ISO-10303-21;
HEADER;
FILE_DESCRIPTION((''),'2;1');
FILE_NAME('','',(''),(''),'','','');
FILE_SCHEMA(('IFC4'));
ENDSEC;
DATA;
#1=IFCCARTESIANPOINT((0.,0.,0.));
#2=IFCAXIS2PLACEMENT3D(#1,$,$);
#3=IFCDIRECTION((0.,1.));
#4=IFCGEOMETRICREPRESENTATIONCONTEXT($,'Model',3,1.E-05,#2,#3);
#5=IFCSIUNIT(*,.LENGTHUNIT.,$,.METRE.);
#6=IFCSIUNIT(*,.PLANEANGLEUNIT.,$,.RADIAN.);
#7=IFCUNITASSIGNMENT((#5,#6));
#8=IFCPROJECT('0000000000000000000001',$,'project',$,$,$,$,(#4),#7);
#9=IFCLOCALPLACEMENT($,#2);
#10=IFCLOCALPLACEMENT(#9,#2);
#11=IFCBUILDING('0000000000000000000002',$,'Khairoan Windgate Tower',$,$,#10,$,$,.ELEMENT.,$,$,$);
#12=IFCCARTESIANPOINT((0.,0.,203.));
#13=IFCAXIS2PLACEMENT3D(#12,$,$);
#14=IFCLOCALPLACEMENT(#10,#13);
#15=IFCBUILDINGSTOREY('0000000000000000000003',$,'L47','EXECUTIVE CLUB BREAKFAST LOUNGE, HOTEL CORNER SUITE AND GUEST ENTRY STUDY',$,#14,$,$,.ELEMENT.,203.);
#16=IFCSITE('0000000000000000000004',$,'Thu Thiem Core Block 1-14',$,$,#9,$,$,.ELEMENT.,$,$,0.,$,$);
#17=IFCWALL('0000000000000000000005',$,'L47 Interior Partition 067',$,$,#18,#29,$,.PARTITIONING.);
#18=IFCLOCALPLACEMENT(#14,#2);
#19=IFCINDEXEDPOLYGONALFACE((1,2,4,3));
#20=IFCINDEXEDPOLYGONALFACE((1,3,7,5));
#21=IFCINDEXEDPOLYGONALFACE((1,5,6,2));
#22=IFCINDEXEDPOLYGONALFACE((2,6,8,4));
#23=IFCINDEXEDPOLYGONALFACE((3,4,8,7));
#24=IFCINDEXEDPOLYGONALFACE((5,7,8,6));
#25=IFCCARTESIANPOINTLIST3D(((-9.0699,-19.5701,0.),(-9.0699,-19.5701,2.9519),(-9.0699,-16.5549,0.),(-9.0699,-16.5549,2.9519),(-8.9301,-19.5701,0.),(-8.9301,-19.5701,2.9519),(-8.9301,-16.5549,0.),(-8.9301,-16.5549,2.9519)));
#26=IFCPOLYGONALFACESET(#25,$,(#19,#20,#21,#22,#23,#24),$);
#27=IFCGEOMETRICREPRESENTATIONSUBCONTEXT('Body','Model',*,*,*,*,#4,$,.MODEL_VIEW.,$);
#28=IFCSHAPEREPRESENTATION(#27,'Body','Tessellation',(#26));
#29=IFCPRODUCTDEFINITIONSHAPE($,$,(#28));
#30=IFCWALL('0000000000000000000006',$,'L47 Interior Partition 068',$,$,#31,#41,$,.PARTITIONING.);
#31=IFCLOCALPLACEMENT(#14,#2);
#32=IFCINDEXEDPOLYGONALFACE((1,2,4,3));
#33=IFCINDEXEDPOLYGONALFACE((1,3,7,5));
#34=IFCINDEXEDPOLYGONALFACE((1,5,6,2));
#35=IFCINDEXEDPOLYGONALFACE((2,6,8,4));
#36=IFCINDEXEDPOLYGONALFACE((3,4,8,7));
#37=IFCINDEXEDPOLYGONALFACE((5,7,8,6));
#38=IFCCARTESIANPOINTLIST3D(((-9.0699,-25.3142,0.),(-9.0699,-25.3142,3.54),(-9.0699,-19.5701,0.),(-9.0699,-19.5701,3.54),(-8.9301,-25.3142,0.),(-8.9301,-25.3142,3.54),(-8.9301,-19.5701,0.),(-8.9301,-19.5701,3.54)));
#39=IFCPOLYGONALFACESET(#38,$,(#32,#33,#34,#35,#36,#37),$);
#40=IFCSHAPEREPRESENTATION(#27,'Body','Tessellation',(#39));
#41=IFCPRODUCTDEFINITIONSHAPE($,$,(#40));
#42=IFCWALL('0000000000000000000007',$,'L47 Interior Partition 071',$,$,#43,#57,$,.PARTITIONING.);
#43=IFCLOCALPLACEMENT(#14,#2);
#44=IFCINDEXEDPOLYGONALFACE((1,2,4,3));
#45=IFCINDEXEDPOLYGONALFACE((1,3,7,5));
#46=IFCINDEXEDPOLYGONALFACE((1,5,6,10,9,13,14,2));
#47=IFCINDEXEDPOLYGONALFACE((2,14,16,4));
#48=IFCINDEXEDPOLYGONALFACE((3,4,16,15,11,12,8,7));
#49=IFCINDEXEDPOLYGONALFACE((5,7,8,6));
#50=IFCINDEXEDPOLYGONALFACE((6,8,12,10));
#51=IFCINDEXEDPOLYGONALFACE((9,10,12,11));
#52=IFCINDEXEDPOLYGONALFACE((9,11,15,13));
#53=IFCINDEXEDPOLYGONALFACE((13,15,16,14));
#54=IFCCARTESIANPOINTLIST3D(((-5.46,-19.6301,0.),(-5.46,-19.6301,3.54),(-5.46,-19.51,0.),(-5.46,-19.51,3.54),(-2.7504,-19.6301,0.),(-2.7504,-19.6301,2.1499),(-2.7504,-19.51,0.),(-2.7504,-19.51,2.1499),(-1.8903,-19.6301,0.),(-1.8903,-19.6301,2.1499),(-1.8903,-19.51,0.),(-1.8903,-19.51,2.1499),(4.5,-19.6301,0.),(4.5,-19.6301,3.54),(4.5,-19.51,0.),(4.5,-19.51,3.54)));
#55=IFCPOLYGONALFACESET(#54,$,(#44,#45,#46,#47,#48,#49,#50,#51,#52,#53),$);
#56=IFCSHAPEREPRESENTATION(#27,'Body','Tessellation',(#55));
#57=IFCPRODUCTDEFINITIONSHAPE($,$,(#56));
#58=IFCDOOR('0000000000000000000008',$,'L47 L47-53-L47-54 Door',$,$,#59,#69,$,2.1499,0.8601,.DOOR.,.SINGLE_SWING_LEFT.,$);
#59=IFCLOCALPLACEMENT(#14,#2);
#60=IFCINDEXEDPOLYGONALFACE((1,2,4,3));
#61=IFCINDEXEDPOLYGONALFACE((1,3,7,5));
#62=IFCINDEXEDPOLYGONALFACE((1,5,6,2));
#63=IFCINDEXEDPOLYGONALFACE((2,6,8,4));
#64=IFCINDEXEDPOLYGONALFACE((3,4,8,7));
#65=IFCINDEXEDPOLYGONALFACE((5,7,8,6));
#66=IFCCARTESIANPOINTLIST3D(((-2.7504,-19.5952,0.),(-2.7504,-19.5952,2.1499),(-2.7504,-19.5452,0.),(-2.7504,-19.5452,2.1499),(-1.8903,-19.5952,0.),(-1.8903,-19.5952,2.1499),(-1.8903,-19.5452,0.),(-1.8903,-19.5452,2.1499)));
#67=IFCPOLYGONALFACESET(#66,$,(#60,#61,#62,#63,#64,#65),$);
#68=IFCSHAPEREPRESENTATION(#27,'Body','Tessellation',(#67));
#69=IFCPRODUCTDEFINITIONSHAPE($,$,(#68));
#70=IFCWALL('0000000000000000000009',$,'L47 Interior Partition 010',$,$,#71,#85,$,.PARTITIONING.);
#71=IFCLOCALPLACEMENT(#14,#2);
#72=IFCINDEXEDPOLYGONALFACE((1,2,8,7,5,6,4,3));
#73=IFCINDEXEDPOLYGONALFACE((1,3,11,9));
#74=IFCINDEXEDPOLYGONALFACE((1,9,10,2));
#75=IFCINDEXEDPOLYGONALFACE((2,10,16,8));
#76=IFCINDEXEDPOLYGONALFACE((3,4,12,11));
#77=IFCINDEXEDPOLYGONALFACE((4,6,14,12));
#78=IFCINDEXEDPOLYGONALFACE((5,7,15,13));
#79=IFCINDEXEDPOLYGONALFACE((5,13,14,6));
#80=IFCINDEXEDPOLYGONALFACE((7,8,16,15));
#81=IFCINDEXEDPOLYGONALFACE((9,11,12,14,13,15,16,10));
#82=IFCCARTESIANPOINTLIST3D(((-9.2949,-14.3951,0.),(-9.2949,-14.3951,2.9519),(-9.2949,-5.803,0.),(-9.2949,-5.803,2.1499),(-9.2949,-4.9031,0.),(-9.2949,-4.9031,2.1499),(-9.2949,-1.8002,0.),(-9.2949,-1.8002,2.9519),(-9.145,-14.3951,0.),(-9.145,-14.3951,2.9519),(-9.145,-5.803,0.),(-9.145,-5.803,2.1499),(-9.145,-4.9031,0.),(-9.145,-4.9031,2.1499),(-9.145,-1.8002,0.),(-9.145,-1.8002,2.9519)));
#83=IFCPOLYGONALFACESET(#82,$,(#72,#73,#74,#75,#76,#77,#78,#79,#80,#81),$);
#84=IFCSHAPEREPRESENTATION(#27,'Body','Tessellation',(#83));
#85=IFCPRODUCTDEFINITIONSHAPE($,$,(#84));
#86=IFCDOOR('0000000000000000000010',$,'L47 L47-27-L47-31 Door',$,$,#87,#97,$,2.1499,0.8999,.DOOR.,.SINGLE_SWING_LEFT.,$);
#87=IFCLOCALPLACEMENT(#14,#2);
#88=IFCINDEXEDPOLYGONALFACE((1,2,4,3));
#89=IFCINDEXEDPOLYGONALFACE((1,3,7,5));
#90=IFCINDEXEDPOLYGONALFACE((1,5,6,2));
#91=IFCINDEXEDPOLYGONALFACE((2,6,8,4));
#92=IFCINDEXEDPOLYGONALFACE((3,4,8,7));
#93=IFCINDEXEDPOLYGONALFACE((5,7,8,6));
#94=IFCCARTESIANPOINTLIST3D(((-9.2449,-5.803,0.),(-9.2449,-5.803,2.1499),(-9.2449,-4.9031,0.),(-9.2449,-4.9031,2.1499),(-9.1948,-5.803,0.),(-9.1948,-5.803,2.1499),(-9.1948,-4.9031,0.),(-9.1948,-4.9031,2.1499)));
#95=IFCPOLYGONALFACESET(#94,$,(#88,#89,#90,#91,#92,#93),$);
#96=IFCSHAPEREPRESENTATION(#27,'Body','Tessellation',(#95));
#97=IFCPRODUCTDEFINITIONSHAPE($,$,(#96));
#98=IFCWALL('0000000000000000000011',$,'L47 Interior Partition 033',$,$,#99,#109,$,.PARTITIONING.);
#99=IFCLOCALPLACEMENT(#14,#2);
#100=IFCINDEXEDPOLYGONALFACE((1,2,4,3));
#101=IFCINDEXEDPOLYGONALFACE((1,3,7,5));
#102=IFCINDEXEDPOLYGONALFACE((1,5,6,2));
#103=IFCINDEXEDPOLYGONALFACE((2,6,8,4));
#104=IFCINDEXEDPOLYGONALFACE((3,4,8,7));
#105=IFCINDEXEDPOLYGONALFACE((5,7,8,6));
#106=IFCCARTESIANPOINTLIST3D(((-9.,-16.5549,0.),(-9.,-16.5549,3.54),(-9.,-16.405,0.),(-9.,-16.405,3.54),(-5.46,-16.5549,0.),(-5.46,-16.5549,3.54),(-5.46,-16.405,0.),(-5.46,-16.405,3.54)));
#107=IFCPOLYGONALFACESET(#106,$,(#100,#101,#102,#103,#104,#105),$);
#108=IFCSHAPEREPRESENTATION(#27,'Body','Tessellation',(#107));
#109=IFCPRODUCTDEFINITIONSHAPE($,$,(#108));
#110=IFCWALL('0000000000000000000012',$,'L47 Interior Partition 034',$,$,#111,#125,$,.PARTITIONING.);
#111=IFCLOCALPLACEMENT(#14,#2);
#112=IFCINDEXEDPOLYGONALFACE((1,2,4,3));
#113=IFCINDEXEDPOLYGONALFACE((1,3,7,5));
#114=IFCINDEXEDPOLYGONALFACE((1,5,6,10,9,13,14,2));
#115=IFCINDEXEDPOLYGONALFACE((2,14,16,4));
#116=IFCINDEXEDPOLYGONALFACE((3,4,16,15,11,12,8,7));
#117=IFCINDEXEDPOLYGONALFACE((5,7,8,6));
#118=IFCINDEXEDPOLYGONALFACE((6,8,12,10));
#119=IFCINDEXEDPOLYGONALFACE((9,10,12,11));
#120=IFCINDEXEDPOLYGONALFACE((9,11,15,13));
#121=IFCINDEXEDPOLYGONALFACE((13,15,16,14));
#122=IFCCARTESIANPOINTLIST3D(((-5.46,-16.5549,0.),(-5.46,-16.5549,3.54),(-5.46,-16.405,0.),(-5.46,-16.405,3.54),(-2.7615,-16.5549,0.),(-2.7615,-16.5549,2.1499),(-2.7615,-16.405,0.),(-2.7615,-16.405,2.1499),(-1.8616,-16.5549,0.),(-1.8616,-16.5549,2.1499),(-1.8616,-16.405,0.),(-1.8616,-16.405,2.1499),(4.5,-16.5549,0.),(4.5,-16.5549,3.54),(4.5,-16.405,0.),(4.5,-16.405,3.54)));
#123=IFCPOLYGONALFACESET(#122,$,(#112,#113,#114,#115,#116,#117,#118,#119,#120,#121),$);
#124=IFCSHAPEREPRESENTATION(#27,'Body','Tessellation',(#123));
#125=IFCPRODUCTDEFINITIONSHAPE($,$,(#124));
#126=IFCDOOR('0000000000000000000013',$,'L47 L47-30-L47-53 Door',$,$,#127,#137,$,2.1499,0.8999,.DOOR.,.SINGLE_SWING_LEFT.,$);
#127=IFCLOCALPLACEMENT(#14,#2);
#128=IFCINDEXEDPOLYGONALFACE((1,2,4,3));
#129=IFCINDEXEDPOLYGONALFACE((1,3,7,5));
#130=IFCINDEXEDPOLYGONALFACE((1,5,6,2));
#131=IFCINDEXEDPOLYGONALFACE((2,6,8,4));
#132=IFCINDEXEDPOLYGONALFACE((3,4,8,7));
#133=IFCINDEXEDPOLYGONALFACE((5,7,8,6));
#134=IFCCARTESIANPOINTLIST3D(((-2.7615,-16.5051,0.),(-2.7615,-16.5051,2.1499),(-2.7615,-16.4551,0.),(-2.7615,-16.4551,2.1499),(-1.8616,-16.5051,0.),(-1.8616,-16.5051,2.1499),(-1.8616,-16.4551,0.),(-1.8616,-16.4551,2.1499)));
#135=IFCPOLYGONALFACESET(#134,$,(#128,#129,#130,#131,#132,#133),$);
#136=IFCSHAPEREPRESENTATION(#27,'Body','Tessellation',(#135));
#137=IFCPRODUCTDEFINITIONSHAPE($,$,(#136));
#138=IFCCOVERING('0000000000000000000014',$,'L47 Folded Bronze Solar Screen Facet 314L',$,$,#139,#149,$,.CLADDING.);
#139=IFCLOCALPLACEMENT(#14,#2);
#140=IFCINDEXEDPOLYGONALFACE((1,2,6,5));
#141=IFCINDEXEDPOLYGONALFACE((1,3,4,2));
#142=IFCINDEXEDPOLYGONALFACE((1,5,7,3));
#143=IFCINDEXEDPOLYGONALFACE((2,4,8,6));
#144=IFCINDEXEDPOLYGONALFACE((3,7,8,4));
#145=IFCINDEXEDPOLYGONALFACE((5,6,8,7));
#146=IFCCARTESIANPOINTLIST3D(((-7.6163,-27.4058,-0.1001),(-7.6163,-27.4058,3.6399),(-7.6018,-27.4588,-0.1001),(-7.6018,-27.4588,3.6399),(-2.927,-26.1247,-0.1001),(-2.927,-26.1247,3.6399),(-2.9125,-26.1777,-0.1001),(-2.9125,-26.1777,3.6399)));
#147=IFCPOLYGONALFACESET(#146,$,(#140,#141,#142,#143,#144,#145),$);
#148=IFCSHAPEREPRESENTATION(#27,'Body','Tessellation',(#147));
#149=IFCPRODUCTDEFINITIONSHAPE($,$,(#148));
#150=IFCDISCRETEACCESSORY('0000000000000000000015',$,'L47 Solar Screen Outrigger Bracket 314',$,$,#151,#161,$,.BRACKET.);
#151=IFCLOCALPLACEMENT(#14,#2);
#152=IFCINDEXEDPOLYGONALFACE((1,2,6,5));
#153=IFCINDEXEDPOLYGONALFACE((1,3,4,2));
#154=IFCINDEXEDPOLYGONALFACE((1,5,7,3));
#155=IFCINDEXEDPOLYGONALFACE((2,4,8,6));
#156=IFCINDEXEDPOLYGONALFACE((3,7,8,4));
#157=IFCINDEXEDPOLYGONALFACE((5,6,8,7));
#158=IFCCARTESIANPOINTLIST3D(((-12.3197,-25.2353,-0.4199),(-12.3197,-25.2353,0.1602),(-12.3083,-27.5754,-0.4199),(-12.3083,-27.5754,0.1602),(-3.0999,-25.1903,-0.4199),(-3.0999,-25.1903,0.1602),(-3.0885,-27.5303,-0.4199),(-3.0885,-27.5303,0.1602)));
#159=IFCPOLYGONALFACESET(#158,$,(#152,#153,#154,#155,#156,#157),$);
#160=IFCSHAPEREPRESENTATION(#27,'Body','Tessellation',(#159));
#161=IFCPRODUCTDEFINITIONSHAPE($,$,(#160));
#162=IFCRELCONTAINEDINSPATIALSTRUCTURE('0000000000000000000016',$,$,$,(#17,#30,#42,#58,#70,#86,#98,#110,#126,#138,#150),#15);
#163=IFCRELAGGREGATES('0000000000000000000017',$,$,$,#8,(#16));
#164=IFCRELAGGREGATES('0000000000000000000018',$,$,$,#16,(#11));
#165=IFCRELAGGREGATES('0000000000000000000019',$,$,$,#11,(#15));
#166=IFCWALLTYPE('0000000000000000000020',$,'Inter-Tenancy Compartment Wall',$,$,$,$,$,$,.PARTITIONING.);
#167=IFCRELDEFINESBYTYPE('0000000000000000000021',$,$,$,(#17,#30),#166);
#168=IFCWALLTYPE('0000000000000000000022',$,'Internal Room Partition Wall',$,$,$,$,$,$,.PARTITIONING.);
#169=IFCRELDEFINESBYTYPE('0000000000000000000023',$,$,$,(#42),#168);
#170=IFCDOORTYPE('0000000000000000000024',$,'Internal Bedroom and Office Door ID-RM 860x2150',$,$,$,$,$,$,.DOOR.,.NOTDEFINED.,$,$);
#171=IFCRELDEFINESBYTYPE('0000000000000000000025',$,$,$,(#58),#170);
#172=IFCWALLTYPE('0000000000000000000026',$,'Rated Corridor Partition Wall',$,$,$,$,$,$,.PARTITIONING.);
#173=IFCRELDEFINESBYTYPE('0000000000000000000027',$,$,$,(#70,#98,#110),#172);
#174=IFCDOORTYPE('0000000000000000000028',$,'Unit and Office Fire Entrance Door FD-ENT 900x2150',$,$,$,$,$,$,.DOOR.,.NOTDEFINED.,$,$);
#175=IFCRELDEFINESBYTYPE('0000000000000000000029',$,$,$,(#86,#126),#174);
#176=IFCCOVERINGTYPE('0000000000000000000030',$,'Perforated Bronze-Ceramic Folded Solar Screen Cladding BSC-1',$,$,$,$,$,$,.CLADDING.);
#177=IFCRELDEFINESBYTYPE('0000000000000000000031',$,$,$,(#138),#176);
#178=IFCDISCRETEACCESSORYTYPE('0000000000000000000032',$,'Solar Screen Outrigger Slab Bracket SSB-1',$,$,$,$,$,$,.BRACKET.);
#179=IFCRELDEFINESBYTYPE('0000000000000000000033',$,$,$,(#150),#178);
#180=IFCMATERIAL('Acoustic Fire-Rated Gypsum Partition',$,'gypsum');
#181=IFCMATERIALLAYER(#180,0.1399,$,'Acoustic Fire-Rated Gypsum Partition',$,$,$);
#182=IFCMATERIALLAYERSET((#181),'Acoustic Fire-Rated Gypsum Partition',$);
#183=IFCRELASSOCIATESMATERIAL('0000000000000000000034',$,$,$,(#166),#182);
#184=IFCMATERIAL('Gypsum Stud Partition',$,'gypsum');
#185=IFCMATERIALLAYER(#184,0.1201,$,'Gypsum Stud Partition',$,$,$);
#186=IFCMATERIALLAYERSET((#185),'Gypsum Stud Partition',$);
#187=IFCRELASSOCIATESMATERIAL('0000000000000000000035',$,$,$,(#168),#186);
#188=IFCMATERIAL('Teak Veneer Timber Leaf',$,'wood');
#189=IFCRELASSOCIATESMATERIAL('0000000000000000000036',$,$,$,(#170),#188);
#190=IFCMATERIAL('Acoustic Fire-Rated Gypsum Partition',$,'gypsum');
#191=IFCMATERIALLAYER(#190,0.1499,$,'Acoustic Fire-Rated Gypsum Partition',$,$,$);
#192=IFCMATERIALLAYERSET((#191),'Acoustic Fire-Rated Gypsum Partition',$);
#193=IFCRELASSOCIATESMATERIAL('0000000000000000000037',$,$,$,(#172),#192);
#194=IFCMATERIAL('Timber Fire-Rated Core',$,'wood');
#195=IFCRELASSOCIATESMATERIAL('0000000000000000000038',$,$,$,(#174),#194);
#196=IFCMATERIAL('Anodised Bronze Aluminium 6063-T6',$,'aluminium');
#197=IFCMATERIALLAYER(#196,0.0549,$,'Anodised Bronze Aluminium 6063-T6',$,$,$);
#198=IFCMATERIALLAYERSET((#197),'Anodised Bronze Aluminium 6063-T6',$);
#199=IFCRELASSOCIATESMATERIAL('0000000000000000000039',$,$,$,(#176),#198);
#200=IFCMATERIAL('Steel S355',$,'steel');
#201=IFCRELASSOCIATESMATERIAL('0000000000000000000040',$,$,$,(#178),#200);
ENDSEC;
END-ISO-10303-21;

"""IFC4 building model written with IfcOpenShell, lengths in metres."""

from ifc_helpers import new_model, si_unit, direction, frame, frame_2d, origin, origin_2d, place, context, subcontext, project, spatial, rectangle, extrude, material, layer, layer_set, type_object, element, fill, save


model = new_model("IFC4")

# Units and contexts
model_context = context("Model", 3, precision=1e-05, world=origin(), true_north=direction((0.0, 1.0)))
body_context = subcontext(model_context, "Body", "Model", "MODEL_VIEW")
ifc_project = project(units=[si_unit("LENGTHUNIT", "METRE"), si_unit("PLANEANGLEUNIT", "RADIAN")], contexts=[model_context])

# Site, building, storey
site_placement = place(None, origin())
site = spatial("IfcSite", under=ifc_project, at=site_placement, Name="Thu Thiem Core Block 1-14", CompositionType="ELEMENT", RefElevation=0.0)
building_placement = place(site_placement, origin())
building = spatial("IfcBuilding", under=site, at=building_placement, Name="Khairoan Windgate Tower", CompositionType="ELEMENT")
storey_placement = place(building_placement, frame((0.0, 0.0, 203.0)))
storey = spatial("IfcBuildingStorey", under=building, at=storey_placement, Name="L47", Description="EXECUTIVE CLUB BREAKFAST LOUNGE, HOTEL CORNER SUITE AND GUEST ENTRY STUDY", CompositionType="ELEMENT", Elevation=203.0)

# Walls
ifc_material_1 = material(Name="Acoustic Fire-Rated Gypsum Partition", Category="gypsum")
ifc_layer_1 = layer(ifc_material_1, 0.1399, Name="Acoustic Fire-Rated Gypsum Partition")
ifc_layer_set_1 = layer_set([ifc_layer_1], Name="Acoustic Fire-Rated Gypsum Partition")
wall_type_1 = type_object("IfcWallType", Name="Inter-Tenancy Compartment Wall", PredefinedType="PARTITIONING", material=ifc_layer_set_1)
wall_1_placement = place(storey_placement, frame((-9.0, -19.5701, 0.0), z_axis=(0.0, 0.0, 1.0), x_axis=(0.0, 1.0, 0.0)))
element("IfcWall", 1, at=wall_1_placement, inside=storey, type_object=wall_type_1, Name="L47 Interior Partition 067", PredefinedType="PARTITIONING", context=body_context, shape_type="SweptSolid", body=[
    extrude(rectangle(XDim=3.0151, YDim=0.1399, at=frame_2d((1.5076, 0.0))), origin(), (0.0, 0.0, 1.0), 2.9519),
])
wall_2_placement = place(storey_placement, frame((-9.0, -25.3142, 0.0), z_axis=(0.0, 0.0, 1.0), x_axis=(0.0, 1.0, 0.0)))
element("IfcWall", 2, at=wall_2_placement, inside=storey, type_object=wall_type_1, Name="L47 Interior Partition 068", PredefinedType="PARTITIONING", context=body_context, shape_type="SweptSolid", body=[
    extrude(rectangle(XDim=5.7441, YDim=0.1399, at=frame_2d((2.8721, 0.0))), origin(), (0.0, 0.0, 1.0), 3.54),
])

# Walls, openings, doors
ifc_material_2 = material(Name="Gypsum Stud Partition", Category="gypsum")
ifc_layer_2 = layer(ifc_material_2, 0.1201, Name="Gypsum Stud Partition")
ifc_layer_set_2 = layer_set([ifc_layer_2], Name="Gypsum Stud Partition")
wall_type_2 = type_object("IfcWallType", Name="Internal Room Partition Wall", PredefinedType="PARTITIONING", material=ifc_layer_set_2)
wall_3_placement = place(storey_placement, frame((-5.46, -19.5701, 0.0), z_axis=(0.0, 0.0, 1.0), x_axis=(1.0, 0.0, 0.0)))
wall_3 = element("IfcWall", 3, at=wall_3_placement, inside=storey, type_object=wall_type_2, Name="L47 Interior Partition 071", PredefinedType="PARTITIONING", context=body_context, shape_type="SweptSolid", body=[
    extrude(rectangle(XDim=9.96, YDim=0.1201, at=frame_2d((4.98, 0.0))), origin(), (0.0, 0.0, 1.0), 3.54),
])
opening_1_placement = place(wall_3_placement, frame((2.7095, 0.0, 0.0)))
opening_1 = element("IfcOpeningElement", 4, at=opening_1_placement, cuts=wall_3, PredefinedType="OPENING", context=body_context, shape_type="SweptSolid", body=[
    extrude(rectangle(XDim=0.8601, YDim=2.1499, at=frame_2d((0.4302, 1.075))), frame((0.0, 0.0701, 0.0), z_axis=(0.0, -1.0, 0.0), x_axis=(1.0, 0.0, 0.0)), (0.0, 0.0, 1.0), 0.1401),
])
ifc_material_3 = material(Name="Teak Veneer Timber Leaf", Category="wood")
door_type_1 = type_object("IfcDoorType", Name="Internal Bedroom and Office Door ID-RM 860x2150", OperationType="NOTDEFINED", PredefinedType="DOOR", material=ifc_material_3)
door_1_placement = place(opening_1_placement, origin())
door_1 = element("IfcDoor", 5, at=door_1_placement, inside=storey, type_object=door_type_1, Name="L47 L47-53-L47-54 Door", OperationType="SINGLE_SWING_LEFT", OverallHeight=2.1499, OverallWidth=0.8601, PredefinedType="DOOR", context=body_context, shape_type="SweptSolid", body=[
    extrude(rectangle(XDim=0.8601, YDim=2.1499, at=frame_2d((0.4302, 1.075))), frame((0.0, 0.0249, 0.0), z_axis=(0.0, -1.0, 0.0), x_axis=(1.0, 0.0, 0.0)), (0.0, 0.0, 1.0), 0.05),
])
fill(opening_1, door_1)
ifc_material_4 = material(Name="Acoustic Fire-Rated Gypsum Partition", Category="gypsum")
ifc_layer_3 = layer(ifc_material_4, 0.1499, Name="Acoustic Fire-Rated Gypsum Partition")
ifc_layer_set_3 = layer_set([ifc_layer_3], Name="Acoustic Fire-Rated Gypsum Partition")
wall_type_3 = type_object("IfcWallType", Name="Rated Corridor Partition Wall", PredefinedType="PARTITIONING", material=ifc_layer_set_3)
wall_4_placement = place(storey_placement, frame((-9.22, -14.395, 0.0), z_axis=(0.0, 0.0, 1.0), x_axis=(0.0, 1.0, 0.0)))
wall_4 = element("IfcWall", 6, at=wall_4_placement, inside=storey, type_object=wall_type_3, Name="L47 Interior Partition 010", PredefinedType="PARTITIONING", context=body_context, shape_type="SweptSolid", body=[
    extrude(rectangle(XDim=12.595, YDim=0.1499, at=frame_2d((6.2974, 0.0))), origin(), (0.0, 0.0, 1.0), 2.9519),
])
opening_2_placement = place(wall_4_placement, frame((8.592, 0.0, 0.0)))
opening_2 = element("IfcOpeningElement", 7, at=opening_2_placement, cuts=wall_4, PredefinedType="OPENING", context=body_context, shape_type="SweptSolid", body=[
    extrude(rectangle(XDim=0.8999, YDim=2.1499, at=frame_2d((0.45, 1.075))), frame((0.0, 0.085, 0.0), z_axis=(0.0, -1.0, 0.0), x_axis=(1.0, 0.0, 0.0)), (0.0, 0.0, 1.0), 0.1699),
])
ifc_material_5 = material(Name="Timber Fire-Rated Core", Category="wood")
door_type_2 = type_object("IfcDoorType", Name="Unit and Office Fire Entrance Door FD-ENT 900x2150", OperationType="NOTDEFINED", PredefinedType="DOOR", material=ifc_material_5)
door_2_placement = place(opening_2_placement, origin())
door_2 = element("IfcDoor", 8, at=door_2_placement, inside=storey, type_object=door_type_2, Name="L47 L47-27-L47-31 Door", OperationType="SINGLE_SWING_LEFT", OverallHeight=2.1499, OverallWidth=0.8999, PredefinedType="DOOR", context=body_context, shape_type="SweptSolid", body=[
    extrude(rectangle(XDim=0.8999, YDim=2.1499, at=frame_2d((0.45, 1.075))), frame((0.0, 0.0249, 0.0), z_axis=(0.0, -1.0, 0.0), x_axis=(1.0, 0.0, 0.0)), (0.0, 0.0, 1.0), 0.05),
])
fill(opening_2, door_2)

# Wall
wall_5_placement = place(storey_placement, frame((-9.0, -16.48, 0.0), z_axis=(0.0, 0.0, 1.0), x_axis=(1.0, 0.0, 0.0)))
element("IfcWall", 9, at=wall_5_placement, inside=storey, type_object=wall_type_3, Name="L47 Interior Partition 033", PredefinedType="PARTITIONING", context=body_context, shape_type="SweptSolid", body=[
    extrude(rectangle(XDim=3.54, YDim=0.1499, at=frame_2d((1.77, 0.0))), origin(), (0.0, 0.0, 1.0), 3.54),
])

# Wall, opening, door
wall_6_placement = place(storey_placement, frame((-5.46, -16.48, 0.0), z_axis=(0.0, 0.0, 1.0), x_axis=(1.0, 0.0, 0.0)))
wall_6 = element("IfcWall", 10, at=wall_6_placement, inside=storey, type_object=wall_type_3, Name="L47 Interior Partition 034", PredefinedType="PARTITIONING", context=body_context, shape_type="SweptSolid", body=[
    extrude(rectangle(XDim=9.96, YDim=0.1499, at=frame_2d((4.98, 0.0))), origin(), (0.0, 0.0, 1.0), 3.54),
])
opening_3_placement = place(wall_6_placement, frame((2.6985, 0.0, 0.0)))
opening_3 = element("IfcOpeningElement", 11, at=opening_3_placement, cuts=wall_6, PredefinedType="OPENING", context=body_context, shape_type="SweptSolid", body=[
    extrude(rectangle(XDim=0.8999, YDim=2.1499, at=frame_2d((0.45, 1.075))), frame((0.0, 0.085, 0.0), z_axis=(0.0, -1.0, 0.0), x_axis=(1.0, 0.0, 0.0)), (0.0, 0.0, 1.0), 0.1699),
])
door_3_placement = place(opening_3_placement, origin())
door_3 = element("IfcDoor", 12, at=door_3_placement, inside=storey, type_object=door_type_2, Name="L47 L47-30-L47-53 Door", OperationType="SINGLE_SWING_LEFT", OverallHeight=2.1499, OverallWidth=0.8999, PredefinedType="DOOR", context=body_context, shape_type="SweptSolid", body=[
    extrude(rectangle(XDim=0.8999, YDim=2.1499, at=frame_2d((0.45, 1.075))), frame((0.0, 0.0249, 0.0), z_axis=(0.0, -1.0, 0.0), x_axis=(1.0, 0.0, 0.0)), (0.0, 0.0, 1.0), 0.05),
])
fill(opening_3, door_3)

# Covering
ifc_material_6 = material(Name="Anodised Bronze Aluminium 6063-T6", Category="aluminium")
ifc_layer_4 = layer(ifc_material_6, 0.0549, Name="Anodised Bronze Aluminium 6063-T6")
ifc_layer_set_4 = layer_set([ifc_layer_4], Name="Anodised Bronze Aluminium 6063-T6")
covering_type = type_object("IfcCoveringType", Name="Perforated Bronze-Ceramic Folded Solar Screen Cladding BSC-1", PredefinedType="CLADDING", material=ifc_layer_set_4)
covering_placement = place(storey_placement, frame((-5.2644, -26.7917, -0.1001), z_axis=(0.0, 0.0, 1.0), x_axis=(-0.964649, -0.263536, 0.0)))
element("IfcCovering", 13, at=covering_placement, inside=storey, type_object=covering_type, Name="L47 Folded Bronze Solar Screen Facet 314L", PredefinedType="CLADDING", context=body_context, shape_type="SweptSolid", body=[
    extrude(rectangle(XDim=4.8611, YDim=0.0549, at=origin_2d()), origin(), (0.0, 0.0, 1.0), 3.74),
])

# Discrete accessory
ifc_material_7 = material(Name="Steel S355", Category="steel")
discrete_accessory_type = type_object("IfcDiscreteAccessoryType", Name="Solar Screen Outrigger Slab Bracket SSB-1", PredefinedType="BRACKET", material=ifc_material_7)
discrete_accessory_placement = place(storey_placement, frame((-7.7041, -26.3828, -0.4199), z_axis=(0.0, 0.0, 1.0), x_axis=(-0.999988, -0.004887, 0.0)))
element("IfcDiscreteAccessory", 14, at=discrete_accessory_placement, inside=storey, type_object=discrete_accessory_type, Name="L47 Solar Screen Outrigger Bracket 314", PredefinedType="BRACKET", context=body_context, shape_type="SweptSolid", body=[
    extrude(rectangle(XDim=9.22, YDim=2.3401, at=origin_2d()), origin(), (0.0, 0.0, 1.0), 0.5801),
])

save(model, "model.ifc")
